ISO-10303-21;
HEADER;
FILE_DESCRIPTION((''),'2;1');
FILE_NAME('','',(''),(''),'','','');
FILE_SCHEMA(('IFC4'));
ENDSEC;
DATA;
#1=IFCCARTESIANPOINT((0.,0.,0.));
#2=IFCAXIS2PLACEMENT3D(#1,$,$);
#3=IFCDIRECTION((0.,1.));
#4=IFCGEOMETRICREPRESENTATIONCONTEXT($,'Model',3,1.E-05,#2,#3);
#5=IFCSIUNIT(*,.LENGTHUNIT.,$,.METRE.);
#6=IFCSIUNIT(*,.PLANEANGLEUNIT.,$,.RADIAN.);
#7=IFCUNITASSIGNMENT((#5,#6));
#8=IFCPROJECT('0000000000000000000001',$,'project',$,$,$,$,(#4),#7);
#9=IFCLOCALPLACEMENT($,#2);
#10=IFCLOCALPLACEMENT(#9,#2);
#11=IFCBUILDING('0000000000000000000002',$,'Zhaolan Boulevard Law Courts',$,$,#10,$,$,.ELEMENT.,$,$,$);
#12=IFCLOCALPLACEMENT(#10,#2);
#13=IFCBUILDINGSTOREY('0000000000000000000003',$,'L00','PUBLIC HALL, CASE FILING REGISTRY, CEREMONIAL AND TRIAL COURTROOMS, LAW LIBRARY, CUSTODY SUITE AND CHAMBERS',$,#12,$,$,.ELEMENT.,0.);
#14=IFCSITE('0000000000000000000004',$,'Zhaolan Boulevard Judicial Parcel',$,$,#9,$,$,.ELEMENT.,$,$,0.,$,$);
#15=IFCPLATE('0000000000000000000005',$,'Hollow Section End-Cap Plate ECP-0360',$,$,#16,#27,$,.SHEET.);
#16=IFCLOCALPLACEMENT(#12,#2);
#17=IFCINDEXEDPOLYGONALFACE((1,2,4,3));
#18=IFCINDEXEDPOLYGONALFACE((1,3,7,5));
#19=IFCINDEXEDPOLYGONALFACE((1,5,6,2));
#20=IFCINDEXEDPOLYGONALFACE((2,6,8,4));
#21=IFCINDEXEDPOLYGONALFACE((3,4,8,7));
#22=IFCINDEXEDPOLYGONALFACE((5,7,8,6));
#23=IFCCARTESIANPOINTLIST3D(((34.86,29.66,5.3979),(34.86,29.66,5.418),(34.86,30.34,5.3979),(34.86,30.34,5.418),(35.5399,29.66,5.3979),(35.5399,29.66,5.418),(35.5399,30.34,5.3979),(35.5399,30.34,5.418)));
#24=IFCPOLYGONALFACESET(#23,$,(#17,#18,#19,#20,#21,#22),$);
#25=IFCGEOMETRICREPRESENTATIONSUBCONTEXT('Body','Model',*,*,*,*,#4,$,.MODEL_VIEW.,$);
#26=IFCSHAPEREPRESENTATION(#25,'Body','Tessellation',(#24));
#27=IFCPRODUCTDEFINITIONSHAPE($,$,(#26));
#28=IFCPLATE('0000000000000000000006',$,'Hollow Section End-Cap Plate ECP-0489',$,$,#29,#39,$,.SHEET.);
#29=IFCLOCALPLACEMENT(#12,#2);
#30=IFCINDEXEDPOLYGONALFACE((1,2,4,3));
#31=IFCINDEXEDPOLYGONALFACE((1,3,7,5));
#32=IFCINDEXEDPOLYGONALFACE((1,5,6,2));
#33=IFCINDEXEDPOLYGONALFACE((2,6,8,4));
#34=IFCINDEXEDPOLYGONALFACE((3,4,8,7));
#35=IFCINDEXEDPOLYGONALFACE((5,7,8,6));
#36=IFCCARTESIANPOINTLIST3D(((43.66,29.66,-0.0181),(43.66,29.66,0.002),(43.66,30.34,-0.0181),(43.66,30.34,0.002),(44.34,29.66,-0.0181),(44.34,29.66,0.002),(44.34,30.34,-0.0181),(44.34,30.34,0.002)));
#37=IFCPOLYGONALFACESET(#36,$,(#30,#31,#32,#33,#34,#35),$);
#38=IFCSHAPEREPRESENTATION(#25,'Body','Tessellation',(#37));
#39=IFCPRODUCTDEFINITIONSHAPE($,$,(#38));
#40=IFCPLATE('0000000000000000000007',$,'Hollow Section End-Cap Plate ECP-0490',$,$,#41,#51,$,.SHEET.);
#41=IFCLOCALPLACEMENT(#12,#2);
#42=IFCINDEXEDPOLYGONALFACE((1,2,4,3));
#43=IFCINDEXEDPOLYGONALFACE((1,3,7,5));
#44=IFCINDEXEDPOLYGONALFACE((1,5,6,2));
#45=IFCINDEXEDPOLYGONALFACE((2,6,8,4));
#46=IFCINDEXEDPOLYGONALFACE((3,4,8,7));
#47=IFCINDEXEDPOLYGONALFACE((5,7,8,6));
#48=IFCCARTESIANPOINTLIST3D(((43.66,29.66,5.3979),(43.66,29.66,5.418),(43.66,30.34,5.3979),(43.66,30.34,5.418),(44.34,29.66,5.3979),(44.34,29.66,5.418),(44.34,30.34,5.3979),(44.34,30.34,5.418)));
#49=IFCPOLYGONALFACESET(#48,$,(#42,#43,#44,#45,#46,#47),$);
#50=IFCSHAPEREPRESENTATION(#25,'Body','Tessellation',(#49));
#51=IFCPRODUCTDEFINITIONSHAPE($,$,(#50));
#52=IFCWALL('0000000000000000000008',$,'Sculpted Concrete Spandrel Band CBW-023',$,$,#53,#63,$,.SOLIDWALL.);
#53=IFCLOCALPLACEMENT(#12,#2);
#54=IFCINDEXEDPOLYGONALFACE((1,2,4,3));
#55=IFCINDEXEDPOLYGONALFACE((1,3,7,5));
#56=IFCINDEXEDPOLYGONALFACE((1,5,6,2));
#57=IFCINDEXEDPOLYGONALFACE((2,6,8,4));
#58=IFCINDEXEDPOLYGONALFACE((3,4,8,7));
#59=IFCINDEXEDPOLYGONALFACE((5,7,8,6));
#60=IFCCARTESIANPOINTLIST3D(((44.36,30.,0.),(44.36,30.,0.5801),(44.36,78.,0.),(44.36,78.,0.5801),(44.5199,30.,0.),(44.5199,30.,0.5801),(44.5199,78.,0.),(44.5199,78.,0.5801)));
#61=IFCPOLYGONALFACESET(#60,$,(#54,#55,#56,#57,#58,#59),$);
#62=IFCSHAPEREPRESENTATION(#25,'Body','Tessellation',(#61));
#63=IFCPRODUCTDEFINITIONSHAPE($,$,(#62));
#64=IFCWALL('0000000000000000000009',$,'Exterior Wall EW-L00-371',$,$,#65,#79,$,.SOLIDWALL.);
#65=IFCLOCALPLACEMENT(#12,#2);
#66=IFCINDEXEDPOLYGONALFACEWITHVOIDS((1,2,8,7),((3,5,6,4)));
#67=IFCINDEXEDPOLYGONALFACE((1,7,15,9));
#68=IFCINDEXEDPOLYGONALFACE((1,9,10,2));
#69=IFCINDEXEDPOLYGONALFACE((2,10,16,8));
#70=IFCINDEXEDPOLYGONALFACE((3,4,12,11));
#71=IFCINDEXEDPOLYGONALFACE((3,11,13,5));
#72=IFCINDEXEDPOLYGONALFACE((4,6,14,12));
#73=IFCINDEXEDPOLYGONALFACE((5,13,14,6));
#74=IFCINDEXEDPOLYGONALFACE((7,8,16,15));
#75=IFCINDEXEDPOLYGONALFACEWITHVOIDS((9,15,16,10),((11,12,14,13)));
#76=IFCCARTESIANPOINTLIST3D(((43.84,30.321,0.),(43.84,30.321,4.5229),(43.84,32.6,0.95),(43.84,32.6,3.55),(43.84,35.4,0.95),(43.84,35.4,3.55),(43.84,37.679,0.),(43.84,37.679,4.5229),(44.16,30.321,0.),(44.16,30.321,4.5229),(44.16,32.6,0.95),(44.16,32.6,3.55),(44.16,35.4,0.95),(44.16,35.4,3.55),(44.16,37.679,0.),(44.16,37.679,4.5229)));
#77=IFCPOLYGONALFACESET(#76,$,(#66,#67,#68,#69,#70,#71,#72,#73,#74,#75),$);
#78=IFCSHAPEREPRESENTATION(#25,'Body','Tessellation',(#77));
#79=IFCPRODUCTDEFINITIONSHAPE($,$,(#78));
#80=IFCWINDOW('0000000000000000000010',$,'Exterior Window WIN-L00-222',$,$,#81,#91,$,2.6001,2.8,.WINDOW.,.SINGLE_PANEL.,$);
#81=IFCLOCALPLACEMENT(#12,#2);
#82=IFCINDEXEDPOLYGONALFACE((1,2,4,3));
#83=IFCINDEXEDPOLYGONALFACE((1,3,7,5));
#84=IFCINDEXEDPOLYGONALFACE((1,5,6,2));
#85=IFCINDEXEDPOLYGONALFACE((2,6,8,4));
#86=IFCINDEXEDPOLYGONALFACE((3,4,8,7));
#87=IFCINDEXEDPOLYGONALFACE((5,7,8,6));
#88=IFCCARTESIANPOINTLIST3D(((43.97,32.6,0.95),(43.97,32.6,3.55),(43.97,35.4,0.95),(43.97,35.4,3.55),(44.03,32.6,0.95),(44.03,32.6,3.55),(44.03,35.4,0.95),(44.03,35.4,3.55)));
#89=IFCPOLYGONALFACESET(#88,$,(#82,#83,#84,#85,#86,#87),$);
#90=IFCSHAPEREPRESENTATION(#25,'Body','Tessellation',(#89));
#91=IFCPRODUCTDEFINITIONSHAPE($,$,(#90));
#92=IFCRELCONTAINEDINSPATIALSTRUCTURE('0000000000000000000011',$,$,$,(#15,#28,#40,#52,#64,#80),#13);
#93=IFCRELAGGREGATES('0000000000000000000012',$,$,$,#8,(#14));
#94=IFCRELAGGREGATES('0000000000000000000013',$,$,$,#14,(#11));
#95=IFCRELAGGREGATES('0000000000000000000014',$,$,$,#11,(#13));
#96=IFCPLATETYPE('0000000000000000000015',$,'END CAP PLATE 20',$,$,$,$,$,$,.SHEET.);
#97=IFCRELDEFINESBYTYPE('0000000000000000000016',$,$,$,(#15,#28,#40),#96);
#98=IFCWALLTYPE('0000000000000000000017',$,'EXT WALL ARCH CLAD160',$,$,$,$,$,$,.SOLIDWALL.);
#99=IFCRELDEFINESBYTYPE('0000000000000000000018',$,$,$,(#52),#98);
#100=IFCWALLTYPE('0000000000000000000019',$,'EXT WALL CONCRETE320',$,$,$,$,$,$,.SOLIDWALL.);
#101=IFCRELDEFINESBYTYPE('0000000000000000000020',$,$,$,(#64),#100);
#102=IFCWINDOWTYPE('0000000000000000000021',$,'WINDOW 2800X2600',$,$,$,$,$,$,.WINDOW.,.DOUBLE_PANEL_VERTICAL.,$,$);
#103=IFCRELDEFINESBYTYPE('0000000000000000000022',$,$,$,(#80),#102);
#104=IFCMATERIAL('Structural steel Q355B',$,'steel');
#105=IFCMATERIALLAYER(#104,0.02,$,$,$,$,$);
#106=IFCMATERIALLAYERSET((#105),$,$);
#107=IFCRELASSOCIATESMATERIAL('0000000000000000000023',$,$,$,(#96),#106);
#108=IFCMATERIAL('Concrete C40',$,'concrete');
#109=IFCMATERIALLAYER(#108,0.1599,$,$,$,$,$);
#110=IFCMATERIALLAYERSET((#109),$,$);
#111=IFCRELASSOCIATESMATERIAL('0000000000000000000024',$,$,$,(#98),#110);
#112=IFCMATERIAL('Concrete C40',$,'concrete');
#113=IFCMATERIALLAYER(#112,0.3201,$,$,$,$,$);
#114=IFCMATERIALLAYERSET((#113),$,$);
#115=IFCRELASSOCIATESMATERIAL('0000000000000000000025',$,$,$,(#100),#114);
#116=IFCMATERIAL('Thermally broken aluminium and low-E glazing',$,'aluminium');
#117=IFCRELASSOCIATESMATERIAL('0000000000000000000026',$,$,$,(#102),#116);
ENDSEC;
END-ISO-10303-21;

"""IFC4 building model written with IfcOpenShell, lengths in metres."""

from ifc_helpers import new_model, si_unit, direction, frame, frame_2d, origin, origin_2d, place, context, subcontext, project, spatial, rectangle, extrude, material, layer, layer_set, type_object, element, fill, save


model = new_model("IFC4")

# Units and contexts
model_context = context("Model", 3, precision=1e-05, world=origin(), true_north=direction((0.0, 1.0)))
body_context = subcontext(model_context, "Body", "Model", "MODEL_VIEW")
ifc_project = project(units=[si_unit("LENGTHUNIT", "METRE"), si_unit("PLANEANGLEUNIT", "RADIAN")], contexts=[model_context])

# Site, building, storey
site_placement = place(None, origin())
site = spatial("IfcSite", under=ifc_project, at=site_placement, Name="Zhaolan Boulevard Judicial Parcel", CompositionType="ELEMENT", RefElevation=0.0)
building_placement = place(site_placement, origin())
building = spatial("IfcBuilding", under=site, at=building_placement, Name="Zhaolan Boulevard Law Courts", CompositionType="ELEMENT")
storey_placement = place(building_placement, origin())
storey = spatial("IfcBuildingStorey", under=building, at=storey_placement, Name="L00", Description="PUBLIC HALL, CASE FILING REGISTRY, CEREMONIAL AND TRIAL COURTROOMS, LAW LIBRARY, CUSTODY SUITE AND CHAMBERS", CompositionType="ELEMENT", Elevation=0.0)

# Plates
ifc_material_1 = material(Name="Structural steel Q355B", Category="steel")
ifc_layer_1 = layer(ifc_material_1, 0.02)
ifc_layer_set_1 = layer_set([ifc_layer_1])
plate_type_1 = type_object("IfcPlateType", Name="END CAP PLATE 20", PredefinedType="SHEET", material=ifc_layer_set_1)
for number, where, z_axis, x_axis, name in (
    (1, (35.2, 30.0, 5.3979), (0.0, 0.0, 1.0), (1.0, 0.0, 0.0), "Hollow Section End-Cap Plate ECP-0360"),
    (2, (44.0, 30.0, -0.0181), (0.0, 0.0, 1.0), (1.0, 0.0, 0.0), "Hollow Section End-Cap Plate ECP-0489"),
    (3, (44.0, 30.0, 5.3979), (0.0, 0.0, 1.0), (1.0, 0.0, 0.0), "Hollow Section End-Cap Plate ECP-0490"),
):
    element("IfcPlate", number, at=place(storey_placement, frame(where, z_axis=z_axis, x_axis=x_axis)), inside=storey, type_object=plate_type_1, Name=name, PredefinedType="SHEET", context=body_context, shape_type="SweptSolid", body=[
        extrude(rectangle(XDim=0.6799, YDim=0.6799, at=origin_2d()), origin(), (0.0, 0.0, 1.0), 0.02),
    ])

# Wall
ifc_material_2 = material(Name="Concrete C40", Category="concrete")
ifc_layer_2 = layer(ifc_material_2, 0.1599)
ifc_layer_set_2 = layer_set([ifc_layer_2])
wall_type_1 = type_object("IfcWallType", Name="EXT WALL ARCH CLAD160", PredefinedType="SOLIDWALL", material=ifc_layer_set_2)
wall_1_placement = place(storey_placement, frame((44.4399, 30.0, 0.0), z_axis=(0.0, 0.0, 1.0), x_axis=(0.0, 1.0, 0.0)))
element("IfcWall", 4, at=wall_1_placement, inside=storey, type_object=wall_type_1, Name="Sculpted Concrete Spandrel Band CBW-023", PredefinedType="SOLIDWALL", context=body_context, shape_type="SweptSolid", body=[
    extrude(rectangle(XDim=48.0, YDim=0.1599, at=frame_2d((24.0, 0.0))), origin(), (0.0, 0.0, 1.0), 0.5801),
])

# Shared definitions
ifc_material_3 = material(Name="Concrete C40", Category="concrete")
ifc_layer_3 = layer(ifc_material_3, 0.3201)
ifc_layer_set_3 = layer_set([ifc_layer_3])
wall_type_2 = type_object("IfcWallType", Name="EXT WALL CONCRETE320", PredefinedType="SOLIDWALL", material=ifc_layer_set_3)

# Wall, opening, window
wall_2_placement = place(storey_placement, frame((44.0, 30.321, 0.0), z_axis=(0.0, 0.0, 1.0), x_axis=(0.0, 1.0, 0.0)))
wall_2 = element("IfcWall", 5, at=wall_2_placement, inside=storey, type_object=wall_type_2, Name="Exterior Wall EW-L00-371", PredefinedType="SOLIDWALL", context=body_context, shape_type="SweptSolid", body=[
    extrude(rectangle(XDim=7.3579, YDim=0.3201, at=frame_2d((3.679, 0.0))), origin(), (0.0, 0.0, 1.0), 4.5229),
])
opening_1_placement = place(wall_2_placement, frame((2.2791, 0.0, 0.95)))
opening_1 = element("IfcOpeningElement", 6, at=opening_1_placement, cuts=wall_2, PredefinedType="OPENING", context=body_context, shape_type="SweptSolid", body=[
    extrude(rectangle(XDim=2.8, YDim=2.6001, at=frame_2d((1.3999, 1.3))), frame((0.0, 0.1699, 0.0), z_axis=(0.0, -1.0, 0.0), x_axis=(1.0, 0.0, 0.0)), (0.0, 0.0, 1.0), 0.3401),
])
ifc_material_4 = material(Name="Thermally broken aluminium and low-E glazing", Category="aluminium")
window_type = type_object("IfcWindowType", Name="WINDOW 2800X2600", PartitioningType="DOUBLE_PANEL_VERTICAL", PredefinedType="WINDOW", material=ifc_material_4)
window_placement = place(opening_1_placement, origin())
window = element("IfcWindow", 7, at=window_placement, inside=storey, type_object=window_type, Name="Exterior Window WIN-L00-222", OverallHeight=2.6001, OverallWidth=2.8, PartitioningType="SINGLE_PANEL", PredefinedType="WINDOW", context=body_context, shape_type="SweptSolid", body=[
    extrude(rectangle(XDim=2.8, YDim=2.6001, at=frame_2d((1.3999, 1.3))), frame((0.0, 0.03, 0.0), z_axis=(0.0, -1.0, 0.0), x_axis=(1.0, 0.0, 0.0)), (0.0, 0.0, 1.0), 0.0601),
])
fill(opening_1, window)

save(model, "model.ifc")
